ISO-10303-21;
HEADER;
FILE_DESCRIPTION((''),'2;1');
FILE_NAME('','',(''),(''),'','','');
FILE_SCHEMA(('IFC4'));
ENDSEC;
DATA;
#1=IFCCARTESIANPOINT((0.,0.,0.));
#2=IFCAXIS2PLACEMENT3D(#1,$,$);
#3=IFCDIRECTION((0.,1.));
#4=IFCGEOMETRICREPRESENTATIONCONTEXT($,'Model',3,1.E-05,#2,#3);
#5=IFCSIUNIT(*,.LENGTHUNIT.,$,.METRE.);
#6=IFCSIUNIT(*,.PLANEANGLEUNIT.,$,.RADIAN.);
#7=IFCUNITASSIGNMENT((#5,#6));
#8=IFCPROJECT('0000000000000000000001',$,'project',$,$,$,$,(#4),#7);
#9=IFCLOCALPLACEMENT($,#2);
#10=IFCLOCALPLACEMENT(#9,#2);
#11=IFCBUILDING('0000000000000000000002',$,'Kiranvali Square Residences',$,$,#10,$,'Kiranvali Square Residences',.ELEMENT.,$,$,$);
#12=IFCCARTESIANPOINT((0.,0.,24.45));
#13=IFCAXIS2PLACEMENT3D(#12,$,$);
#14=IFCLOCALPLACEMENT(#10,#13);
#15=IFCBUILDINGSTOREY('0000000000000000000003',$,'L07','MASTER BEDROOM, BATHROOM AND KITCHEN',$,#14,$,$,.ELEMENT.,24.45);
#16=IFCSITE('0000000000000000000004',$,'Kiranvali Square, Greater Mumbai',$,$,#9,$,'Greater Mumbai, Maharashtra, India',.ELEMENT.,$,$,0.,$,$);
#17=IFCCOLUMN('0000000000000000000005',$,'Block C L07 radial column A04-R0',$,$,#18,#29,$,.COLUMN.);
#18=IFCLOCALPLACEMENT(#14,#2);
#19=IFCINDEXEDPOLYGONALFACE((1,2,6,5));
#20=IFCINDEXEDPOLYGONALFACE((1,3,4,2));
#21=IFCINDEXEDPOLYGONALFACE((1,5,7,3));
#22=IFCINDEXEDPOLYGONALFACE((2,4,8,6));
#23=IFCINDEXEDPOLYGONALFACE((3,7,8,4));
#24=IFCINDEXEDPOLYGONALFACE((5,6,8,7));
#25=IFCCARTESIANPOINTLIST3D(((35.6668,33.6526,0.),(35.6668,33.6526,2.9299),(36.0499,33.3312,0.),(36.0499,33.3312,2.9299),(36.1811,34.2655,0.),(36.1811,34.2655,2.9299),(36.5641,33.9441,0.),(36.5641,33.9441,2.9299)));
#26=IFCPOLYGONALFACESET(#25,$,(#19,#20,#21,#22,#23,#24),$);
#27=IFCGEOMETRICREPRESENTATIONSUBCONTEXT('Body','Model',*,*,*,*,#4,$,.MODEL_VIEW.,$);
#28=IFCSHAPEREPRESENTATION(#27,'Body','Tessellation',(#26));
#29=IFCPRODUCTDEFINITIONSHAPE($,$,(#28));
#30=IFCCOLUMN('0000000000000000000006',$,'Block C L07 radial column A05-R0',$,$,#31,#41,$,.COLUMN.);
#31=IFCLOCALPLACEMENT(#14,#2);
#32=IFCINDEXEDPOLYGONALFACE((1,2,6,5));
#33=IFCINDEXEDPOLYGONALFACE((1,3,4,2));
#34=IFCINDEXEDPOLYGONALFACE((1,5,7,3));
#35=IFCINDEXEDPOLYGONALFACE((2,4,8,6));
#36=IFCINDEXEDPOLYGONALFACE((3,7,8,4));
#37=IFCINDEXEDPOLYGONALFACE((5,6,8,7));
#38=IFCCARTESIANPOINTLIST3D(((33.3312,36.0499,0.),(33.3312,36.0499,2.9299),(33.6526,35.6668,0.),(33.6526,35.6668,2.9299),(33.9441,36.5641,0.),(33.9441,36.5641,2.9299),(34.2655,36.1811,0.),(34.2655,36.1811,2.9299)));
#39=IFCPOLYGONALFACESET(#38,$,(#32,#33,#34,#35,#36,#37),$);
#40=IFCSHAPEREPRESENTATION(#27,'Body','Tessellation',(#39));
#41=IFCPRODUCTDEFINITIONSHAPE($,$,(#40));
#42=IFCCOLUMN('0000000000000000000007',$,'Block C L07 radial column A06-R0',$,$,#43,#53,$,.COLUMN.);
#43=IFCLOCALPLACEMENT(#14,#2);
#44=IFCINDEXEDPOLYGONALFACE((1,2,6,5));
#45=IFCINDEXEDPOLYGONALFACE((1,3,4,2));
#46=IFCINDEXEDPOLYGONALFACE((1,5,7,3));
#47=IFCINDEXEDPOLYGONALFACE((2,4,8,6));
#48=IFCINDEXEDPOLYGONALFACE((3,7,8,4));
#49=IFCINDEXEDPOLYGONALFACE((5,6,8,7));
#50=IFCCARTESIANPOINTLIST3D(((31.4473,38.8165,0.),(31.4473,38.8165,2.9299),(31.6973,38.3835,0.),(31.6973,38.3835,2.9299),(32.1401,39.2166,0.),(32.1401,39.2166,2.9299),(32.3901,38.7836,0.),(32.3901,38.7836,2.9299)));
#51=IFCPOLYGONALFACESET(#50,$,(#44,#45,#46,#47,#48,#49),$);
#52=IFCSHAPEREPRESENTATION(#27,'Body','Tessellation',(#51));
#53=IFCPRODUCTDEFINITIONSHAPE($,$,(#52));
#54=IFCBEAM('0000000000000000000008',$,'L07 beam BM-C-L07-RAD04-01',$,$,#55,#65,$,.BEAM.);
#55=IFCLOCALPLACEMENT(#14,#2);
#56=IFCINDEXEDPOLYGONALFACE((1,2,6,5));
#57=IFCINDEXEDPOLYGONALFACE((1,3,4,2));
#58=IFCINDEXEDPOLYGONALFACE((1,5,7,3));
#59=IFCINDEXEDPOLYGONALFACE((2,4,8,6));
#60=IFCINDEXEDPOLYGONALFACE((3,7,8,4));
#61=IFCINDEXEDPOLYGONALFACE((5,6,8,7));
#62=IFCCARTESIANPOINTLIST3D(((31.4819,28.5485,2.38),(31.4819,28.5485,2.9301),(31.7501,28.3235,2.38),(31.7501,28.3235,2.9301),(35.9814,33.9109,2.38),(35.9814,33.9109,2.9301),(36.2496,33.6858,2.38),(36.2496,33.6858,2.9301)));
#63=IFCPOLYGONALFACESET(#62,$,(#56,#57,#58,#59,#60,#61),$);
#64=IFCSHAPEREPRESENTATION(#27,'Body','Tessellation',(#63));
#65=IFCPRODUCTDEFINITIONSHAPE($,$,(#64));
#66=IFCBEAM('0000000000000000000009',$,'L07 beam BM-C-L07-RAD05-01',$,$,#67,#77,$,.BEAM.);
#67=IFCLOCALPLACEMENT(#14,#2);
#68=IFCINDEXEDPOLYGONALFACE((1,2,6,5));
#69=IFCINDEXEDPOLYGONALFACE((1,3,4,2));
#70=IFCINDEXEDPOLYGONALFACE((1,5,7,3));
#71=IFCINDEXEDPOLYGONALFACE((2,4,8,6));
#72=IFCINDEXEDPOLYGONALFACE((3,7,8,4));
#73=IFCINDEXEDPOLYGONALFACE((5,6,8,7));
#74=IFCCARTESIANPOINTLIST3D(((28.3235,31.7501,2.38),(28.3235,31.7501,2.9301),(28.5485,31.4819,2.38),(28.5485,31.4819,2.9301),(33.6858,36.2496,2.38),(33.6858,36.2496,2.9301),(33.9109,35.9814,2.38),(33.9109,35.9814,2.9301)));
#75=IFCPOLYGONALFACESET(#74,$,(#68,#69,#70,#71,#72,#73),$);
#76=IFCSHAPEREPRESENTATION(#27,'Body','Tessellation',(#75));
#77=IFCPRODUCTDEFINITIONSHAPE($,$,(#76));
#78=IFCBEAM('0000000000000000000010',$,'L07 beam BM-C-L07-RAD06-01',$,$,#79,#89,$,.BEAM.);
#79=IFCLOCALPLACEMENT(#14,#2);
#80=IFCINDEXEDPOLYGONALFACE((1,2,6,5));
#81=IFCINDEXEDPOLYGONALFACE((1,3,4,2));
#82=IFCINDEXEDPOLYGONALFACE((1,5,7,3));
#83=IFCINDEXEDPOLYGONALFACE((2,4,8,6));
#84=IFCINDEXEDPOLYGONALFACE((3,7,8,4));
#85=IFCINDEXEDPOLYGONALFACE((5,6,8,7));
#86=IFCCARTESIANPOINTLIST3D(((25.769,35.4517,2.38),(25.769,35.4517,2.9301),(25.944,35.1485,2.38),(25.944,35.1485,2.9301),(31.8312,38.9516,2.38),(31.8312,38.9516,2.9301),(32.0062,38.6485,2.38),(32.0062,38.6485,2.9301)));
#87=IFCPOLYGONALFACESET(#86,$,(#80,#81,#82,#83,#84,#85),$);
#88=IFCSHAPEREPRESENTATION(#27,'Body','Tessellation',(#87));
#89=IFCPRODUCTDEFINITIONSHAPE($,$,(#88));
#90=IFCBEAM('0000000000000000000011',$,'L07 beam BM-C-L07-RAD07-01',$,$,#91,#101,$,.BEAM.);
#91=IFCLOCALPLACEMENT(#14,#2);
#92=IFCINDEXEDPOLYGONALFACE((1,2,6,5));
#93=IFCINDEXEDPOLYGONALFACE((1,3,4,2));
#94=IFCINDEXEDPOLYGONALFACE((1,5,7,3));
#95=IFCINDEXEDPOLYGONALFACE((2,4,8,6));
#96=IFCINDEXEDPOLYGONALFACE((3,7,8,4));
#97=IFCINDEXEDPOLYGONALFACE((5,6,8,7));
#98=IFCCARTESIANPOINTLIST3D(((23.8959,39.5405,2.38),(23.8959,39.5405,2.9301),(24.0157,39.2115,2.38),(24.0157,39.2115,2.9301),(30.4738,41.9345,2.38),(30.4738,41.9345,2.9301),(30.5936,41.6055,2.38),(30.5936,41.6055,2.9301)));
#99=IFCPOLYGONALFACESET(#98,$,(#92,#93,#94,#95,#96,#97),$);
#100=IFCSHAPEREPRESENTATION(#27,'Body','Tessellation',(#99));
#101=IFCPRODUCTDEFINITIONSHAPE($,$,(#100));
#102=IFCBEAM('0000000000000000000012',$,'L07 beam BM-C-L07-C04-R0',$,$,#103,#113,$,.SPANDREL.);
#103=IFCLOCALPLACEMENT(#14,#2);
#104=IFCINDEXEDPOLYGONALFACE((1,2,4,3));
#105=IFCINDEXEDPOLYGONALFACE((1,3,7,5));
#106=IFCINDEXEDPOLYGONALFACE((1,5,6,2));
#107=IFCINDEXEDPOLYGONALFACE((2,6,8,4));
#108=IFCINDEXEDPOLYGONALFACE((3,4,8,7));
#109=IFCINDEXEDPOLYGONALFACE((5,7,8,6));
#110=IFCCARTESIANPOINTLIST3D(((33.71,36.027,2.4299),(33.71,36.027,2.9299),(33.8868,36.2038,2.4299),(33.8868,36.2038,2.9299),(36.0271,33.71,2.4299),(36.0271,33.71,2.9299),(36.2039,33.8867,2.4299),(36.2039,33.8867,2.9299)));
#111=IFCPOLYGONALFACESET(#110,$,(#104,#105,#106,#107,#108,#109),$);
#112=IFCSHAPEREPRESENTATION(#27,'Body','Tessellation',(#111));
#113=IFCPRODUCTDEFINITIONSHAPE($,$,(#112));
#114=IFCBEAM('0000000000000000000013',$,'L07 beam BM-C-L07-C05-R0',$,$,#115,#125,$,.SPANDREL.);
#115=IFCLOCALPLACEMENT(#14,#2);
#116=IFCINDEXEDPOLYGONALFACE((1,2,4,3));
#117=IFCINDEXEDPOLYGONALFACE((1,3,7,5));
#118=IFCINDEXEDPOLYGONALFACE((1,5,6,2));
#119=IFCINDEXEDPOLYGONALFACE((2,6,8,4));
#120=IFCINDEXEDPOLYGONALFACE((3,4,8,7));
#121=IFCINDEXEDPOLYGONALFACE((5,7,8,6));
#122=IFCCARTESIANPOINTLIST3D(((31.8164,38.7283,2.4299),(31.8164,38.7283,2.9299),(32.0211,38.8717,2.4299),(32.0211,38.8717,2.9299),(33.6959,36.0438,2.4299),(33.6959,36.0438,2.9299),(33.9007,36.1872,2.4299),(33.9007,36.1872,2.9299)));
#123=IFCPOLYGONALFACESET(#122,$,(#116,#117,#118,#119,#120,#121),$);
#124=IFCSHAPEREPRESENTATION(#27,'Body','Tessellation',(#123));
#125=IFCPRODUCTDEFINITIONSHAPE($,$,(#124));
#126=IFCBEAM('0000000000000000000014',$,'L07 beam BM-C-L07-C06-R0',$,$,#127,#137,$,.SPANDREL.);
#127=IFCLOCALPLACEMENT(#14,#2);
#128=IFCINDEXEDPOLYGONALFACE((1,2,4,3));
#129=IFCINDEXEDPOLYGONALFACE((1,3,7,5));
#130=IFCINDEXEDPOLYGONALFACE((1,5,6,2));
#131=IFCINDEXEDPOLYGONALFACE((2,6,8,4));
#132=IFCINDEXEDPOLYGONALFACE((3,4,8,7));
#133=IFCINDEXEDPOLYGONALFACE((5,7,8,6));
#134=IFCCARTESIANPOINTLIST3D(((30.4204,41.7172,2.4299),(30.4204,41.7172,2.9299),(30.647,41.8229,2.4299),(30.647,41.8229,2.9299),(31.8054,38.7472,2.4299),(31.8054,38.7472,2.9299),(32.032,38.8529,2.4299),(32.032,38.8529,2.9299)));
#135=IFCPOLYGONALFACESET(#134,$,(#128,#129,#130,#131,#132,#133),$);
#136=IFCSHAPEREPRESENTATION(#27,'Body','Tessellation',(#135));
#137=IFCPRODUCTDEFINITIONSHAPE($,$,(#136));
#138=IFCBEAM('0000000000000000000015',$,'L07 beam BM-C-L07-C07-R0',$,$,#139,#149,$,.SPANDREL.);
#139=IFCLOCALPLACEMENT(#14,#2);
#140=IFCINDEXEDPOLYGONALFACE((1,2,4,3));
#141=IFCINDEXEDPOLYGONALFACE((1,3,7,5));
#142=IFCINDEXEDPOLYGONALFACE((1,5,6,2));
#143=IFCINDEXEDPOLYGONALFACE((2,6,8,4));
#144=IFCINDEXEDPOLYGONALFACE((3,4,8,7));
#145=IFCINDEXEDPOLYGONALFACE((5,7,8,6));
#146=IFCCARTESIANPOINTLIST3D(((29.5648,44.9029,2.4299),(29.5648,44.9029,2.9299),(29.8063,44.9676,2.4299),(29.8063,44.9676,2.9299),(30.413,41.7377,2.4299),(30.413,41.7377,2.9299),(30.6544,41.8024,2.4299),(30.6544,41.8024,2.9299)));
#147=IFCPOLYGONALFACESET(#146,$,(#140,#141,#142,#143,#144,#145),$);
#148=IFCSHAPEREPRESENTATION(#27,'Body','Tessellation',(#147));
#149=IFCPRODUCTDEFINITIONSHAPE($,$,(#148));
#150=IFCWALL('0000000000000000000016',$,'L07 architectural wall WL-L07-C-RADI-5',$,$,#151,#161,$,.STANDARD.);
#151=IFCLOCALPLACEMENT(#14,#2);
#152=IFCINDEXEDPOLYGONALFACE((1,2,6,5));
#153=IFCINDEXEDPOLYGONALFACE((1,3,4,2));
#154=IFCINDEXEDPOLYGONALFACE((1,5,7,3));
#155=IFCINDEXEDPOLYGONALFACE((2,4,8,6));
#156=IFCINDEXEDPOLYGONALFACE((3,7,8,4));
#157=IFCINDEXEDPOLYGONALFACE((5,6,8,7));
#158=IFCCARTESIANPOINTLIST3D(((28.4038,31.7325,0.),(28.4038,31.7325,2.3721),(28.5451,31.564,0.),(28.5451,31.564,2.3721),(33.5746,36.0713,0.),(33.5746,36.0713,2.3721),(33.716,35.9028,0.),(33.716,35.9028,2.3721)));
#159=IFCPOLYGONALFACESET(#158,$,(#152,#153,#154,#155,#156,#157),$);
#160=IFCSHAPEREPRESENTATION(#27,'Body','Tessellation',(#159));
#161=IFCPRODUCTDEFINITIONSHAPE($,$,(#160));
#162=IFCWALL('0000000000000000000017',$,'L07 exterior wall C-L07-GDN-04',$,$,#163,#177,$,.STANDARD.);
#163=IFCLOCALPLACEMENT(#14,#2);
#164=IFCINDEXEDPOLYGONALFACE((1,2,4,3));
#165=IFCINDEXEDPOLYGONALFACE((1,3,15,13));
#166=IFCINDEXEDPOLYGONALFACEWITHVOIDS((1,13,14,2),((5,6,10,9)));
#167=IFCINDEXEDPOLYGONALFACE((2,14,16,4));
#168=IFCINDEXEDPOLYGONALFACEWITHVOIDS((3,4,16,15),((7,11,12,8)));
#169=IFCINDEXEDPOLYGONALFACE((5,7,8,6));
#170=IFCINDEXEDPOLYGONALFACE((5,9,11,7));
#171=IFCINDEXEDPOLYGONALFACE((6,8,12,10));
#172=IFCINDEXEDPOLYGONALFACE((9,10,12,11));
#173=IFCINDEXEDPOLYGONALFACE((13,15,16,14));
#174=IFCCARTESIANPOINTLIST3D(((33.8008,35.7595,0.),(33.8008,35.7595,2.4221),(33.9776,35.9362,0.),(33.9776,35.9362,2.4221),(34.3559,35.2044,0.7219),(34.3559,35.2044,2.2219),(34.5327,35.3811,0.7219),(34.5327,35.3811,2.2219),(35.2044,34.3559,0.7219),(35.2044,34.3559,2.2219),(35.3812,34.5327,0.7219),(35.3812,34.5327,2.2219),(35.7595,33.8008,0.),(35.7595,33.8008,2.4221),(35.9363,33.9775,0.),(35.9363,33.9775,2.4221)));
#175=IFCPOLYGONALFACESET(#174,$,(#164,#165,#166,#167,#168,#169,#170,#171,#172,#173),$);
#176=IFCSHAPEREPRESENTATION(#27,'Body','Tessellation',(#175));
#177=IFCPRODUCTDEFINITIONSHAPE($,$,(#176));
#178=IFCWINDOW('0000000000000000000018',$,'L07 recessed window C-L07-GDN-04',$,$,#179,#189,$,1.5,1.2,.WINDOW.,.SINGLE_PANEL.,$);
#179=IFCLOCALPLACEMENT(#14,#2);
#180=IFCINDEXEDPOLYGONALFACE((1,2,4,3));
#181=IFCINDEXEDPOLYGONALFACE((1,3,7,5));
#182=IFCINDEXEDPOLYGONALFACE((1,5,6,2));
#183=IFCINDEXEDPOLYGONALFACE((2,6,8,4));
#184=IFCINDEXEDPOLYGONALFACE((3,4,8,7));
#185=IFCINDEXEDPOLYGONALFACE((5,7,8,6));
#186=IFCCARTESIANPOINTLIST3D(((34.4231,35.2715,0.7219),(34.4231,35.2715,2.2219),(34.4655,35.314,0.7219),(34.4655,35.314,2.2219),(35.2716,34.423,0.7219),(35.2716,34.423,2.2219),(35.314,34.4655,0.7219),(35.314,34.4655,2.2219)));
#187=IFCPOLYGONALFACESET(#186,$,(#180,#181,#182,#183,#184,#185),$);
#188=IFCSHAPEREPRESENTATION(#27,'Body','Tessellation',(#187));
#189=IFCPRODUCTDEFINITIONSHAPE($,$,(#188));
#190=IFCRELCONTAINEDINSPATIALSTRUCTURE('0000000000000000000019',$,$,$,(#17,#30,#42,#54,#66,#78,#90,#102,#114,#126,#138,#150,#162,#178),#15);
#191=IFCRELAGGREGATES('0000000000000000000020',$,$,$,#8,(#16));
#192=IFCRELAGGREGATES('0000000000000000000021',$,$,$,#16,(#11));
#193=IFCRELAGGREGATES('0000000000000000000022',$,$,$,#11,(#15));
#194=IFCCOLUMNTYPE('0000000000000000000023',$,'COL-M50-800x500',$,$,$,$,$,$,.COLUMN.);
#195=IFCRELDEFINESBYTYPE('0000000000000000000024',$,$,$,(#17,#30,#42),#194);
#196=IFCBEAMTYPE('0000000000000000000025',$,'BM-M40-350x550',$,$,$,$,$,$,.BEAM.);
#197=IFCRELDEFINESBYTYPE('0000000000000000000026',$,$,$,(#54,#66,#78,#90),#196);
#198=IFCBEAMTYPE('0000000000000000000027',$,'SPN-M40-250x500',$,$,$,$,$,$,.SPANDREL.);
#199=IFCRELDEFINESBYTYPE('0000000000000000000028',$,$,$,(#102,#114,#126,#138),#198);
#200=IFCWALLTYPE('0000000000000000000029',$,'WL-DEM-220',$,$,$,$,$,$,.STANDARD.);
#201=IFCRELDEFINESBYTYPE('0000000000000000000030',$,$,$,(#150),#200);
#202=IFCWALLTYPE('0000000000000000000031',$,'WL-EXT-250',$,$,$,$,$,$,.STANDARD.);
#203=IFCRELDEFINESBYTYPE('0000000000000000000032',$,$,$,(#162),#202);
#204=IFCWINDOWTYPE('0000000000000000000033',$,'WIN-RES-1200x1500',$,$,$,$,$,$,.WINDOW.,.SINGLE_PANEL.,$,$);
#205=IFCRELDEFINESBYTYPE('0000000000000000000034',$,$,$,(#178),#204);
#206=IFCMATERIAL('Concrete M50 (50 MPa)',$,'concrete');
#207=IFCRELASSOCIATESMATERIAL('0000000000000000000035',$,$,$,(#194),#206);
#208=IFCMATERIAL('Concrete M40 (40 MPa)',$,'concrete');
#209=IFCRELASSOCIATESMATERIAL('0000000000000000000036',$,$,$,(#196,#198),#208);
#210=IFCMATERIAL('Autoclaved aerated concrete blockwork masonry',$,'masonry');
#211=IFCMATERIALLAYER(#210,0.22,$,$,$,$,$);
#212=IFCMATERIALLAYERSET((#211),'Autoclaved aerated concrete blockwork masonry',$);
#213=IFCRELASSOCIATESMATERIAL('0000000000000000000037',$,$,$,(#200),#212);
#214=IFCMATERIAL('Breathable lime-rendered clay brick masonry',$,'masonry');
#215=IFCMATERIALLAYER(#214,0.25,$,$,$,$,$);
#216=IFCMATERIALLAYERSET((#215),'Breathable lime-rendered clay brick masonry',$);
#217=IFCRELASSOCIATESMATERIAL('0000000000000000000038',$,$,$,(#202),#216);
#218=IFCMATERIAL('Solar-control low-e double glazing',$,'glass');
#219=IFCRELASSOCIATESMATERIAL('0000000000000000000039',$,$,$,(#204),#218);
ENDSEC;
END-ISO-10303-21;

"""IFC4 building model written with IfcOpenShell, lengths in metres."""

from ifc_helpers import new_model, si_unit, direction, frame, frame_2d, origin, origin_2d, place, context, subcontext, project, spatial, rectangle, extrude, material, layer, layer_set, material_profile, profile_set, type_object, element, fill, save


model = new_model("IFC4")

# Units and contexts
model_context = context("Model", 3, precision=1e-05, world=origin(), true_north=direction((0.0, 1.0)))
body_context = subcontext(model_context, "Body", "Model", "MODEL_VIEW")
ifc_project = project(units=[si_unit("LENGTHUNIT", "METRE"), si_unit("PLANEANGLEUNIT", "RADIAN")], contexts=[model_context])

# Site, building, storey
site_placement = place(None, origin())
site = spatial("IfcSite", under=ifc_project, at=site_placement, Name="Kiranvali Square, Greater Mumbai", LongName="Greater Mumbai, Maharashtra, India", CompositionType="ELEMENT", RefElevation=0.0)
building_placement = place(site_placement, origin())
building = spatial("IfcBuilding", under=site, at=building_placement, Name="Kiranvali Square Residences", LongName="Kiranvali Square Residences", CompositionType="ELEMENT")
storey_placement = place(building_placement, frame((0.0, 0.0, 24.45)))
storey = spatial("IfcBuildingStorey", under=building, at=storey_placement, Name="L07", Description="MASTER BEDROOM, BATHROOM AND KITCHEN", CompositionType="ELEMENT", Elevation=24.45)

# Columns
ifc_material_1 = material(Name="Concrete M50 (50 MPa)", Category="concrete")
ifc_material_profile_1 = material_profile(ifc_material_1, rectangle(XDim=0.5, YDim=0.8, at=origin_2d()), Name="RC 800x500")
ifc_profile_set_1 = profile_set([ifc_material_profile_1], Name="Concrete M50 (50 MPa)")
column_type = type_object("IfcColumnType", Name="COL-M50-800x500", PredefinedType="COLUMN", material=ifc_profile_set_1)
for number, where, z_axis, x_axis, name in (
    (1, (36.1155, 33.7983, 0.0), (0.0, 0.0, 1.0), (-0.766044, 0.642788, 0.0), "Block C L07 radial column A04-R0"),
    (2, (33.7983, 36.1155, 0.0), (0.0, 0.0, 1.0), (-0.642788, 0.766044, 0.0), "Block C L07 radial column A05-R0"),
    (3, (31.9187, 38.8, 0.0), (0.0, 0.0, 1.0), (-0.5, 0.866025, 0.0), "Block C L07 radial column A06-R0"),
):
    element("IfcColumn", number, at=place(storey_placement, frame(where, z_axis=z_axis, x_axis=x_axis)), inside=storey, type_object=column_type, Name=name, PredefinedType="COLUMN", context=body_context, shape_type="SweptSolid", body=[
        extrude(rectangle(XDim=0.5, YDim=0.8, at=origin_2d()), origin(), (0.0, 0.0, 1.0), 2.9299),
    ])

# Beams
ifc_material_2 = material(Name="Concrete M40 (40 MPa)", Category="concrete")
ifc_material_profile_2 = material_profile(ifc_material_2, rectangle(XDim=0.3501, YDim=0.55, at=origin_2d()), Name="RC 350x550")
ifc_profile_set_2 = profile_set([ifc_material_profile_2], Name="Concrete M40 (40 MPa)")
beam_type_1 = type_object("IfcBeamType", Name="BM-M40-350x550", PredefinedType="BEAM", material=ifc_profile_set_2)
for number, where, z_axis, x_axis, name in (
    (4, (36.1155, 33.7983, 2.655), (-0.642788, -0.766044, 0.0), (0.766044, -0.642788, 0.0), "L07 beam BM-C-L07-RAD04-01"),
    (5, (33.7983, 36.1155, 2.655), (-0.766044, -0.642788, 0.0), (0.642788, -0.766044, 0.0), "L07 beam BM-C-L07-RAD05-01"),
    (6, (31.9187, 38.8, 2.655), (-0.866028, -0.499995, 0.0), (0.499995, -0.866028, 0.0), "L07 beam BM-C-L07-RAD06-01"),
    (7, (30.5337, 41.77, 2.655), (-0.939698, -0.342006, 0.0), (0.342006, -0.939698, 0.0), "L07 beam BM-C-L07-RAD07-01"),
):
    element("IfcBeam", number, at=place(storey_placement, frame(where, z_axis=z_axis, x_axis=x_axis)), inside=storey, type_object=beam_type_1, Name=name, PredefinedType="BEAM", context=body_context, shape_type="SweptSolid", body=[
        extrude(rectangle(XDim=0.3501, YDim=0.55, at=origin_2d()), origin(), (0.0, 0.0, 1.0), 7.0),
    ])
ifc_material_profile_3 = material_profile(ifc_material_2, rectangle(XDim=0.25, YDim=0.5, at=origin_2d()), Name="RC 250x500")
ifc_profile_set_3 = profile_set([ifc_material_profile_3], Name="Concrete M40 (40 MPa)")
beam_type_2 = type_object("IfcBeamType", Name="SPN-M40-250x500", PredefinedType="SPANDREL", material=ifc_profile_set_3)
beam_1_placement = place(storey_placement, frame((36.1155, 33.7983, 2.6799), z_axis=(-0.707107, 0.707107, 0.0), x_axis=(-0.707107, -0.707107, 0.0)))
element("IfcBeam", 8, at=beam_1_placement, inside=storey, type_object=beam_type_2, Name="L07 beam BM-C-L07-C04-R0", PredefinedType="SPANDREL", context=body_context, shape_type="SweptSolid", body=[
    extrude(rectangle(XDim=0.25, YDim=0.5, at=origin_2d()), origin(), (0.0, 0.0, 1.0), 3.2769),
])
for number, where, z_axis, x_axis, name in (
    (9, (33.7983, 36.1155, 2.6799), (-0.573552, 0.819169, 0.0), (-0.819169, -0.573552, 0.0), "L07 beam BM-C-L07-C05-R0"),
    (10, (31.9187, 38.8, 2.6799), (-0.422641, 0.906297, 0.0), (-0.906297, -0.422641, 0.0), "L07 beam BM-C-L07-C06-R0"),
):
    element("IfcBeam", number, at=place(storey_placement, frame(where, z_axis=z_axis, x_axis=x_axis)), inside=storey, type_object=beam_type_2, Name=name, PredefinedType="SPANDREL", context=body_context, shape_type="SweptSolid", body=[
        extrude(rectangle(XDim=0.25, YDim=0.5, at=origin_2d()), origin(), (0.0, 0.0, 1.0), 3.2771),
    ])
beam_2_placement = place(storey_placement, frame((30.5337, 41.77, 2.6799), z_axis=(-0.258822, 0.965925, 0.0), x_axis=(-0.965925, -0.258822, 0.0)))
element("IfcBeam", 11, at=beam_2_placement, inside=storey, type_object=beam_type_2, Name="L07 beam BM-C-L07-C07-R0", PredefinedType="SPANDREL", context=body_context, shape_type="SweptSolid", body=[
    extrude(rectangle(XDim=0.25, YDim=0.5, at=origin_2d()), origin(), (0.0, 0.0, 1.0), 3.2769),
])

# Wall
ifc_material_3 = material(Name="Autoclaved aerated concrete blockwork masonry", Category="masonry")
ifc_layer_1 = layer(ifc_material_3, 0.22)
ifc_layer_set_1 = layer_set([ifc_layer_1], Name="Autoclaved aerated concrete blockwork masonry")
wall_type_1 = type_object("IfcWallType", Name="WL-DEM-220", PredefinedType="STANDARD", material=ifc_layer_set_1)
wall_1_placement = place(storey_placement, frame((33.6453, 35.9871, 0.0), z_axis=(0.0, 0.0, 1.0), x_axis=(-0.766047, -0.642785, 0.0)))
element("IfcWall", 12, at=wall_1_placement, inside=storey, type_object=wall_type_1, Name="L07 architectural wall WL-L07-C-RADI-5", PredefinedType="STANDARD", context=body_context, shape_type="SweptSolid", body=[
    extrude(rectangle(XDim=6.75, YDim=0.22, at=frame_2d((3.375, 0.0))), origin(), (0.0, 0.0, 1.0), 2.3721),
])

# Wall, opening, window
ifc_material_4 = material(Name="Breathable lime-rendered clay brick masonry", Category="masonry")
ifc_layer_2 = layer(ifc_material_4, 0.25)
ifc_layer_set_2 = layer_set([ifc_layer_2], Name="Breathable lime-rendered clay brick masonry")
wall_type_2 = type_object("IfcWallType", Name="WL-EXT-250", PredefinedType="STANDARD", material=ifc_layer_set_2)
wall_2_placement = place(storey_placement, frame((35.8479, 33.8892, 0.0), z_axis=(0.0, 0.0, 1.0), x_axis=(-0.707107, 0.707107, 0.0)))
wall_2 = element("IfcWall", 13, at=wall_2_placement, inside=storey, type_object=wall_type_2, Name="L07 exterior wall C-L07-GDN-04", PredefinedType="STANDARD", context=body_context, shape_type="SweptSolid", body=[
    extrude(rectangle(XDim=2.77, YDim=0.25, at=frame_2d((1.385, 0.0))), origin(), (0.0, 0.0, 1.0), 2.4221),
])
opening_1_placement = place(wall_2_placement, frame((0.7849, 0.0, 0.7219)))
opening_1 = element("IfcOpeningElement", 14, at=opening_1_placement, cuts=wall_2, PredefinedType="OPENING", context=body_context, shape_type="SweptSolid", body=[
    extrude(rectangle(XDim=1.2, YDim=1.5, at=frame_2d((0.6001, 0.75))), frame((0.0, 0.135, 0.0), z_axis=(0.0, -1.0, 0.0), x_axis=(1.0, 0.0, 0.0)), (0.0, 0.0, 1.0), 0.27),
])
ifc_material_5 = material(Name="Solar-control low-e double glazing", Category="glass")
window_type_1 = type_object("IfcWindowType", Name="WIN-RES-1200x1500", PartitioningType="SINGLE_PANEL", PredefinedType="WINDOW", material=ifc_material_5)
window_1_placement = place(opening_1_placement, origin())
window_1 = element("IfcWindow", 15, at=window_1_placement, inside=storey, type_object=window_type_1, Name="L07 recessed window C-L07-GDN-04", OverallHeight=1.5, OverallWidth=1.2, PartitioningType="SINGLE_PANEL", PredefinedType="WINDOW", context=body_context, shape_type="SweptSolid", body=[
    extrude(rectangle(XDim=1.2, YDim=1.5, at=frame_2d((0.6001, 0.75))), frame((0.0, 0.03, 0.0), z_axis=(0.0, -1.0, 0.0), x_axis=(1.0, 0.0, 0.0)), (0.0, 0.0, 1.0), 0.0601),
])
fill(opening_1, window_1)

save(model, "model.ifc")
